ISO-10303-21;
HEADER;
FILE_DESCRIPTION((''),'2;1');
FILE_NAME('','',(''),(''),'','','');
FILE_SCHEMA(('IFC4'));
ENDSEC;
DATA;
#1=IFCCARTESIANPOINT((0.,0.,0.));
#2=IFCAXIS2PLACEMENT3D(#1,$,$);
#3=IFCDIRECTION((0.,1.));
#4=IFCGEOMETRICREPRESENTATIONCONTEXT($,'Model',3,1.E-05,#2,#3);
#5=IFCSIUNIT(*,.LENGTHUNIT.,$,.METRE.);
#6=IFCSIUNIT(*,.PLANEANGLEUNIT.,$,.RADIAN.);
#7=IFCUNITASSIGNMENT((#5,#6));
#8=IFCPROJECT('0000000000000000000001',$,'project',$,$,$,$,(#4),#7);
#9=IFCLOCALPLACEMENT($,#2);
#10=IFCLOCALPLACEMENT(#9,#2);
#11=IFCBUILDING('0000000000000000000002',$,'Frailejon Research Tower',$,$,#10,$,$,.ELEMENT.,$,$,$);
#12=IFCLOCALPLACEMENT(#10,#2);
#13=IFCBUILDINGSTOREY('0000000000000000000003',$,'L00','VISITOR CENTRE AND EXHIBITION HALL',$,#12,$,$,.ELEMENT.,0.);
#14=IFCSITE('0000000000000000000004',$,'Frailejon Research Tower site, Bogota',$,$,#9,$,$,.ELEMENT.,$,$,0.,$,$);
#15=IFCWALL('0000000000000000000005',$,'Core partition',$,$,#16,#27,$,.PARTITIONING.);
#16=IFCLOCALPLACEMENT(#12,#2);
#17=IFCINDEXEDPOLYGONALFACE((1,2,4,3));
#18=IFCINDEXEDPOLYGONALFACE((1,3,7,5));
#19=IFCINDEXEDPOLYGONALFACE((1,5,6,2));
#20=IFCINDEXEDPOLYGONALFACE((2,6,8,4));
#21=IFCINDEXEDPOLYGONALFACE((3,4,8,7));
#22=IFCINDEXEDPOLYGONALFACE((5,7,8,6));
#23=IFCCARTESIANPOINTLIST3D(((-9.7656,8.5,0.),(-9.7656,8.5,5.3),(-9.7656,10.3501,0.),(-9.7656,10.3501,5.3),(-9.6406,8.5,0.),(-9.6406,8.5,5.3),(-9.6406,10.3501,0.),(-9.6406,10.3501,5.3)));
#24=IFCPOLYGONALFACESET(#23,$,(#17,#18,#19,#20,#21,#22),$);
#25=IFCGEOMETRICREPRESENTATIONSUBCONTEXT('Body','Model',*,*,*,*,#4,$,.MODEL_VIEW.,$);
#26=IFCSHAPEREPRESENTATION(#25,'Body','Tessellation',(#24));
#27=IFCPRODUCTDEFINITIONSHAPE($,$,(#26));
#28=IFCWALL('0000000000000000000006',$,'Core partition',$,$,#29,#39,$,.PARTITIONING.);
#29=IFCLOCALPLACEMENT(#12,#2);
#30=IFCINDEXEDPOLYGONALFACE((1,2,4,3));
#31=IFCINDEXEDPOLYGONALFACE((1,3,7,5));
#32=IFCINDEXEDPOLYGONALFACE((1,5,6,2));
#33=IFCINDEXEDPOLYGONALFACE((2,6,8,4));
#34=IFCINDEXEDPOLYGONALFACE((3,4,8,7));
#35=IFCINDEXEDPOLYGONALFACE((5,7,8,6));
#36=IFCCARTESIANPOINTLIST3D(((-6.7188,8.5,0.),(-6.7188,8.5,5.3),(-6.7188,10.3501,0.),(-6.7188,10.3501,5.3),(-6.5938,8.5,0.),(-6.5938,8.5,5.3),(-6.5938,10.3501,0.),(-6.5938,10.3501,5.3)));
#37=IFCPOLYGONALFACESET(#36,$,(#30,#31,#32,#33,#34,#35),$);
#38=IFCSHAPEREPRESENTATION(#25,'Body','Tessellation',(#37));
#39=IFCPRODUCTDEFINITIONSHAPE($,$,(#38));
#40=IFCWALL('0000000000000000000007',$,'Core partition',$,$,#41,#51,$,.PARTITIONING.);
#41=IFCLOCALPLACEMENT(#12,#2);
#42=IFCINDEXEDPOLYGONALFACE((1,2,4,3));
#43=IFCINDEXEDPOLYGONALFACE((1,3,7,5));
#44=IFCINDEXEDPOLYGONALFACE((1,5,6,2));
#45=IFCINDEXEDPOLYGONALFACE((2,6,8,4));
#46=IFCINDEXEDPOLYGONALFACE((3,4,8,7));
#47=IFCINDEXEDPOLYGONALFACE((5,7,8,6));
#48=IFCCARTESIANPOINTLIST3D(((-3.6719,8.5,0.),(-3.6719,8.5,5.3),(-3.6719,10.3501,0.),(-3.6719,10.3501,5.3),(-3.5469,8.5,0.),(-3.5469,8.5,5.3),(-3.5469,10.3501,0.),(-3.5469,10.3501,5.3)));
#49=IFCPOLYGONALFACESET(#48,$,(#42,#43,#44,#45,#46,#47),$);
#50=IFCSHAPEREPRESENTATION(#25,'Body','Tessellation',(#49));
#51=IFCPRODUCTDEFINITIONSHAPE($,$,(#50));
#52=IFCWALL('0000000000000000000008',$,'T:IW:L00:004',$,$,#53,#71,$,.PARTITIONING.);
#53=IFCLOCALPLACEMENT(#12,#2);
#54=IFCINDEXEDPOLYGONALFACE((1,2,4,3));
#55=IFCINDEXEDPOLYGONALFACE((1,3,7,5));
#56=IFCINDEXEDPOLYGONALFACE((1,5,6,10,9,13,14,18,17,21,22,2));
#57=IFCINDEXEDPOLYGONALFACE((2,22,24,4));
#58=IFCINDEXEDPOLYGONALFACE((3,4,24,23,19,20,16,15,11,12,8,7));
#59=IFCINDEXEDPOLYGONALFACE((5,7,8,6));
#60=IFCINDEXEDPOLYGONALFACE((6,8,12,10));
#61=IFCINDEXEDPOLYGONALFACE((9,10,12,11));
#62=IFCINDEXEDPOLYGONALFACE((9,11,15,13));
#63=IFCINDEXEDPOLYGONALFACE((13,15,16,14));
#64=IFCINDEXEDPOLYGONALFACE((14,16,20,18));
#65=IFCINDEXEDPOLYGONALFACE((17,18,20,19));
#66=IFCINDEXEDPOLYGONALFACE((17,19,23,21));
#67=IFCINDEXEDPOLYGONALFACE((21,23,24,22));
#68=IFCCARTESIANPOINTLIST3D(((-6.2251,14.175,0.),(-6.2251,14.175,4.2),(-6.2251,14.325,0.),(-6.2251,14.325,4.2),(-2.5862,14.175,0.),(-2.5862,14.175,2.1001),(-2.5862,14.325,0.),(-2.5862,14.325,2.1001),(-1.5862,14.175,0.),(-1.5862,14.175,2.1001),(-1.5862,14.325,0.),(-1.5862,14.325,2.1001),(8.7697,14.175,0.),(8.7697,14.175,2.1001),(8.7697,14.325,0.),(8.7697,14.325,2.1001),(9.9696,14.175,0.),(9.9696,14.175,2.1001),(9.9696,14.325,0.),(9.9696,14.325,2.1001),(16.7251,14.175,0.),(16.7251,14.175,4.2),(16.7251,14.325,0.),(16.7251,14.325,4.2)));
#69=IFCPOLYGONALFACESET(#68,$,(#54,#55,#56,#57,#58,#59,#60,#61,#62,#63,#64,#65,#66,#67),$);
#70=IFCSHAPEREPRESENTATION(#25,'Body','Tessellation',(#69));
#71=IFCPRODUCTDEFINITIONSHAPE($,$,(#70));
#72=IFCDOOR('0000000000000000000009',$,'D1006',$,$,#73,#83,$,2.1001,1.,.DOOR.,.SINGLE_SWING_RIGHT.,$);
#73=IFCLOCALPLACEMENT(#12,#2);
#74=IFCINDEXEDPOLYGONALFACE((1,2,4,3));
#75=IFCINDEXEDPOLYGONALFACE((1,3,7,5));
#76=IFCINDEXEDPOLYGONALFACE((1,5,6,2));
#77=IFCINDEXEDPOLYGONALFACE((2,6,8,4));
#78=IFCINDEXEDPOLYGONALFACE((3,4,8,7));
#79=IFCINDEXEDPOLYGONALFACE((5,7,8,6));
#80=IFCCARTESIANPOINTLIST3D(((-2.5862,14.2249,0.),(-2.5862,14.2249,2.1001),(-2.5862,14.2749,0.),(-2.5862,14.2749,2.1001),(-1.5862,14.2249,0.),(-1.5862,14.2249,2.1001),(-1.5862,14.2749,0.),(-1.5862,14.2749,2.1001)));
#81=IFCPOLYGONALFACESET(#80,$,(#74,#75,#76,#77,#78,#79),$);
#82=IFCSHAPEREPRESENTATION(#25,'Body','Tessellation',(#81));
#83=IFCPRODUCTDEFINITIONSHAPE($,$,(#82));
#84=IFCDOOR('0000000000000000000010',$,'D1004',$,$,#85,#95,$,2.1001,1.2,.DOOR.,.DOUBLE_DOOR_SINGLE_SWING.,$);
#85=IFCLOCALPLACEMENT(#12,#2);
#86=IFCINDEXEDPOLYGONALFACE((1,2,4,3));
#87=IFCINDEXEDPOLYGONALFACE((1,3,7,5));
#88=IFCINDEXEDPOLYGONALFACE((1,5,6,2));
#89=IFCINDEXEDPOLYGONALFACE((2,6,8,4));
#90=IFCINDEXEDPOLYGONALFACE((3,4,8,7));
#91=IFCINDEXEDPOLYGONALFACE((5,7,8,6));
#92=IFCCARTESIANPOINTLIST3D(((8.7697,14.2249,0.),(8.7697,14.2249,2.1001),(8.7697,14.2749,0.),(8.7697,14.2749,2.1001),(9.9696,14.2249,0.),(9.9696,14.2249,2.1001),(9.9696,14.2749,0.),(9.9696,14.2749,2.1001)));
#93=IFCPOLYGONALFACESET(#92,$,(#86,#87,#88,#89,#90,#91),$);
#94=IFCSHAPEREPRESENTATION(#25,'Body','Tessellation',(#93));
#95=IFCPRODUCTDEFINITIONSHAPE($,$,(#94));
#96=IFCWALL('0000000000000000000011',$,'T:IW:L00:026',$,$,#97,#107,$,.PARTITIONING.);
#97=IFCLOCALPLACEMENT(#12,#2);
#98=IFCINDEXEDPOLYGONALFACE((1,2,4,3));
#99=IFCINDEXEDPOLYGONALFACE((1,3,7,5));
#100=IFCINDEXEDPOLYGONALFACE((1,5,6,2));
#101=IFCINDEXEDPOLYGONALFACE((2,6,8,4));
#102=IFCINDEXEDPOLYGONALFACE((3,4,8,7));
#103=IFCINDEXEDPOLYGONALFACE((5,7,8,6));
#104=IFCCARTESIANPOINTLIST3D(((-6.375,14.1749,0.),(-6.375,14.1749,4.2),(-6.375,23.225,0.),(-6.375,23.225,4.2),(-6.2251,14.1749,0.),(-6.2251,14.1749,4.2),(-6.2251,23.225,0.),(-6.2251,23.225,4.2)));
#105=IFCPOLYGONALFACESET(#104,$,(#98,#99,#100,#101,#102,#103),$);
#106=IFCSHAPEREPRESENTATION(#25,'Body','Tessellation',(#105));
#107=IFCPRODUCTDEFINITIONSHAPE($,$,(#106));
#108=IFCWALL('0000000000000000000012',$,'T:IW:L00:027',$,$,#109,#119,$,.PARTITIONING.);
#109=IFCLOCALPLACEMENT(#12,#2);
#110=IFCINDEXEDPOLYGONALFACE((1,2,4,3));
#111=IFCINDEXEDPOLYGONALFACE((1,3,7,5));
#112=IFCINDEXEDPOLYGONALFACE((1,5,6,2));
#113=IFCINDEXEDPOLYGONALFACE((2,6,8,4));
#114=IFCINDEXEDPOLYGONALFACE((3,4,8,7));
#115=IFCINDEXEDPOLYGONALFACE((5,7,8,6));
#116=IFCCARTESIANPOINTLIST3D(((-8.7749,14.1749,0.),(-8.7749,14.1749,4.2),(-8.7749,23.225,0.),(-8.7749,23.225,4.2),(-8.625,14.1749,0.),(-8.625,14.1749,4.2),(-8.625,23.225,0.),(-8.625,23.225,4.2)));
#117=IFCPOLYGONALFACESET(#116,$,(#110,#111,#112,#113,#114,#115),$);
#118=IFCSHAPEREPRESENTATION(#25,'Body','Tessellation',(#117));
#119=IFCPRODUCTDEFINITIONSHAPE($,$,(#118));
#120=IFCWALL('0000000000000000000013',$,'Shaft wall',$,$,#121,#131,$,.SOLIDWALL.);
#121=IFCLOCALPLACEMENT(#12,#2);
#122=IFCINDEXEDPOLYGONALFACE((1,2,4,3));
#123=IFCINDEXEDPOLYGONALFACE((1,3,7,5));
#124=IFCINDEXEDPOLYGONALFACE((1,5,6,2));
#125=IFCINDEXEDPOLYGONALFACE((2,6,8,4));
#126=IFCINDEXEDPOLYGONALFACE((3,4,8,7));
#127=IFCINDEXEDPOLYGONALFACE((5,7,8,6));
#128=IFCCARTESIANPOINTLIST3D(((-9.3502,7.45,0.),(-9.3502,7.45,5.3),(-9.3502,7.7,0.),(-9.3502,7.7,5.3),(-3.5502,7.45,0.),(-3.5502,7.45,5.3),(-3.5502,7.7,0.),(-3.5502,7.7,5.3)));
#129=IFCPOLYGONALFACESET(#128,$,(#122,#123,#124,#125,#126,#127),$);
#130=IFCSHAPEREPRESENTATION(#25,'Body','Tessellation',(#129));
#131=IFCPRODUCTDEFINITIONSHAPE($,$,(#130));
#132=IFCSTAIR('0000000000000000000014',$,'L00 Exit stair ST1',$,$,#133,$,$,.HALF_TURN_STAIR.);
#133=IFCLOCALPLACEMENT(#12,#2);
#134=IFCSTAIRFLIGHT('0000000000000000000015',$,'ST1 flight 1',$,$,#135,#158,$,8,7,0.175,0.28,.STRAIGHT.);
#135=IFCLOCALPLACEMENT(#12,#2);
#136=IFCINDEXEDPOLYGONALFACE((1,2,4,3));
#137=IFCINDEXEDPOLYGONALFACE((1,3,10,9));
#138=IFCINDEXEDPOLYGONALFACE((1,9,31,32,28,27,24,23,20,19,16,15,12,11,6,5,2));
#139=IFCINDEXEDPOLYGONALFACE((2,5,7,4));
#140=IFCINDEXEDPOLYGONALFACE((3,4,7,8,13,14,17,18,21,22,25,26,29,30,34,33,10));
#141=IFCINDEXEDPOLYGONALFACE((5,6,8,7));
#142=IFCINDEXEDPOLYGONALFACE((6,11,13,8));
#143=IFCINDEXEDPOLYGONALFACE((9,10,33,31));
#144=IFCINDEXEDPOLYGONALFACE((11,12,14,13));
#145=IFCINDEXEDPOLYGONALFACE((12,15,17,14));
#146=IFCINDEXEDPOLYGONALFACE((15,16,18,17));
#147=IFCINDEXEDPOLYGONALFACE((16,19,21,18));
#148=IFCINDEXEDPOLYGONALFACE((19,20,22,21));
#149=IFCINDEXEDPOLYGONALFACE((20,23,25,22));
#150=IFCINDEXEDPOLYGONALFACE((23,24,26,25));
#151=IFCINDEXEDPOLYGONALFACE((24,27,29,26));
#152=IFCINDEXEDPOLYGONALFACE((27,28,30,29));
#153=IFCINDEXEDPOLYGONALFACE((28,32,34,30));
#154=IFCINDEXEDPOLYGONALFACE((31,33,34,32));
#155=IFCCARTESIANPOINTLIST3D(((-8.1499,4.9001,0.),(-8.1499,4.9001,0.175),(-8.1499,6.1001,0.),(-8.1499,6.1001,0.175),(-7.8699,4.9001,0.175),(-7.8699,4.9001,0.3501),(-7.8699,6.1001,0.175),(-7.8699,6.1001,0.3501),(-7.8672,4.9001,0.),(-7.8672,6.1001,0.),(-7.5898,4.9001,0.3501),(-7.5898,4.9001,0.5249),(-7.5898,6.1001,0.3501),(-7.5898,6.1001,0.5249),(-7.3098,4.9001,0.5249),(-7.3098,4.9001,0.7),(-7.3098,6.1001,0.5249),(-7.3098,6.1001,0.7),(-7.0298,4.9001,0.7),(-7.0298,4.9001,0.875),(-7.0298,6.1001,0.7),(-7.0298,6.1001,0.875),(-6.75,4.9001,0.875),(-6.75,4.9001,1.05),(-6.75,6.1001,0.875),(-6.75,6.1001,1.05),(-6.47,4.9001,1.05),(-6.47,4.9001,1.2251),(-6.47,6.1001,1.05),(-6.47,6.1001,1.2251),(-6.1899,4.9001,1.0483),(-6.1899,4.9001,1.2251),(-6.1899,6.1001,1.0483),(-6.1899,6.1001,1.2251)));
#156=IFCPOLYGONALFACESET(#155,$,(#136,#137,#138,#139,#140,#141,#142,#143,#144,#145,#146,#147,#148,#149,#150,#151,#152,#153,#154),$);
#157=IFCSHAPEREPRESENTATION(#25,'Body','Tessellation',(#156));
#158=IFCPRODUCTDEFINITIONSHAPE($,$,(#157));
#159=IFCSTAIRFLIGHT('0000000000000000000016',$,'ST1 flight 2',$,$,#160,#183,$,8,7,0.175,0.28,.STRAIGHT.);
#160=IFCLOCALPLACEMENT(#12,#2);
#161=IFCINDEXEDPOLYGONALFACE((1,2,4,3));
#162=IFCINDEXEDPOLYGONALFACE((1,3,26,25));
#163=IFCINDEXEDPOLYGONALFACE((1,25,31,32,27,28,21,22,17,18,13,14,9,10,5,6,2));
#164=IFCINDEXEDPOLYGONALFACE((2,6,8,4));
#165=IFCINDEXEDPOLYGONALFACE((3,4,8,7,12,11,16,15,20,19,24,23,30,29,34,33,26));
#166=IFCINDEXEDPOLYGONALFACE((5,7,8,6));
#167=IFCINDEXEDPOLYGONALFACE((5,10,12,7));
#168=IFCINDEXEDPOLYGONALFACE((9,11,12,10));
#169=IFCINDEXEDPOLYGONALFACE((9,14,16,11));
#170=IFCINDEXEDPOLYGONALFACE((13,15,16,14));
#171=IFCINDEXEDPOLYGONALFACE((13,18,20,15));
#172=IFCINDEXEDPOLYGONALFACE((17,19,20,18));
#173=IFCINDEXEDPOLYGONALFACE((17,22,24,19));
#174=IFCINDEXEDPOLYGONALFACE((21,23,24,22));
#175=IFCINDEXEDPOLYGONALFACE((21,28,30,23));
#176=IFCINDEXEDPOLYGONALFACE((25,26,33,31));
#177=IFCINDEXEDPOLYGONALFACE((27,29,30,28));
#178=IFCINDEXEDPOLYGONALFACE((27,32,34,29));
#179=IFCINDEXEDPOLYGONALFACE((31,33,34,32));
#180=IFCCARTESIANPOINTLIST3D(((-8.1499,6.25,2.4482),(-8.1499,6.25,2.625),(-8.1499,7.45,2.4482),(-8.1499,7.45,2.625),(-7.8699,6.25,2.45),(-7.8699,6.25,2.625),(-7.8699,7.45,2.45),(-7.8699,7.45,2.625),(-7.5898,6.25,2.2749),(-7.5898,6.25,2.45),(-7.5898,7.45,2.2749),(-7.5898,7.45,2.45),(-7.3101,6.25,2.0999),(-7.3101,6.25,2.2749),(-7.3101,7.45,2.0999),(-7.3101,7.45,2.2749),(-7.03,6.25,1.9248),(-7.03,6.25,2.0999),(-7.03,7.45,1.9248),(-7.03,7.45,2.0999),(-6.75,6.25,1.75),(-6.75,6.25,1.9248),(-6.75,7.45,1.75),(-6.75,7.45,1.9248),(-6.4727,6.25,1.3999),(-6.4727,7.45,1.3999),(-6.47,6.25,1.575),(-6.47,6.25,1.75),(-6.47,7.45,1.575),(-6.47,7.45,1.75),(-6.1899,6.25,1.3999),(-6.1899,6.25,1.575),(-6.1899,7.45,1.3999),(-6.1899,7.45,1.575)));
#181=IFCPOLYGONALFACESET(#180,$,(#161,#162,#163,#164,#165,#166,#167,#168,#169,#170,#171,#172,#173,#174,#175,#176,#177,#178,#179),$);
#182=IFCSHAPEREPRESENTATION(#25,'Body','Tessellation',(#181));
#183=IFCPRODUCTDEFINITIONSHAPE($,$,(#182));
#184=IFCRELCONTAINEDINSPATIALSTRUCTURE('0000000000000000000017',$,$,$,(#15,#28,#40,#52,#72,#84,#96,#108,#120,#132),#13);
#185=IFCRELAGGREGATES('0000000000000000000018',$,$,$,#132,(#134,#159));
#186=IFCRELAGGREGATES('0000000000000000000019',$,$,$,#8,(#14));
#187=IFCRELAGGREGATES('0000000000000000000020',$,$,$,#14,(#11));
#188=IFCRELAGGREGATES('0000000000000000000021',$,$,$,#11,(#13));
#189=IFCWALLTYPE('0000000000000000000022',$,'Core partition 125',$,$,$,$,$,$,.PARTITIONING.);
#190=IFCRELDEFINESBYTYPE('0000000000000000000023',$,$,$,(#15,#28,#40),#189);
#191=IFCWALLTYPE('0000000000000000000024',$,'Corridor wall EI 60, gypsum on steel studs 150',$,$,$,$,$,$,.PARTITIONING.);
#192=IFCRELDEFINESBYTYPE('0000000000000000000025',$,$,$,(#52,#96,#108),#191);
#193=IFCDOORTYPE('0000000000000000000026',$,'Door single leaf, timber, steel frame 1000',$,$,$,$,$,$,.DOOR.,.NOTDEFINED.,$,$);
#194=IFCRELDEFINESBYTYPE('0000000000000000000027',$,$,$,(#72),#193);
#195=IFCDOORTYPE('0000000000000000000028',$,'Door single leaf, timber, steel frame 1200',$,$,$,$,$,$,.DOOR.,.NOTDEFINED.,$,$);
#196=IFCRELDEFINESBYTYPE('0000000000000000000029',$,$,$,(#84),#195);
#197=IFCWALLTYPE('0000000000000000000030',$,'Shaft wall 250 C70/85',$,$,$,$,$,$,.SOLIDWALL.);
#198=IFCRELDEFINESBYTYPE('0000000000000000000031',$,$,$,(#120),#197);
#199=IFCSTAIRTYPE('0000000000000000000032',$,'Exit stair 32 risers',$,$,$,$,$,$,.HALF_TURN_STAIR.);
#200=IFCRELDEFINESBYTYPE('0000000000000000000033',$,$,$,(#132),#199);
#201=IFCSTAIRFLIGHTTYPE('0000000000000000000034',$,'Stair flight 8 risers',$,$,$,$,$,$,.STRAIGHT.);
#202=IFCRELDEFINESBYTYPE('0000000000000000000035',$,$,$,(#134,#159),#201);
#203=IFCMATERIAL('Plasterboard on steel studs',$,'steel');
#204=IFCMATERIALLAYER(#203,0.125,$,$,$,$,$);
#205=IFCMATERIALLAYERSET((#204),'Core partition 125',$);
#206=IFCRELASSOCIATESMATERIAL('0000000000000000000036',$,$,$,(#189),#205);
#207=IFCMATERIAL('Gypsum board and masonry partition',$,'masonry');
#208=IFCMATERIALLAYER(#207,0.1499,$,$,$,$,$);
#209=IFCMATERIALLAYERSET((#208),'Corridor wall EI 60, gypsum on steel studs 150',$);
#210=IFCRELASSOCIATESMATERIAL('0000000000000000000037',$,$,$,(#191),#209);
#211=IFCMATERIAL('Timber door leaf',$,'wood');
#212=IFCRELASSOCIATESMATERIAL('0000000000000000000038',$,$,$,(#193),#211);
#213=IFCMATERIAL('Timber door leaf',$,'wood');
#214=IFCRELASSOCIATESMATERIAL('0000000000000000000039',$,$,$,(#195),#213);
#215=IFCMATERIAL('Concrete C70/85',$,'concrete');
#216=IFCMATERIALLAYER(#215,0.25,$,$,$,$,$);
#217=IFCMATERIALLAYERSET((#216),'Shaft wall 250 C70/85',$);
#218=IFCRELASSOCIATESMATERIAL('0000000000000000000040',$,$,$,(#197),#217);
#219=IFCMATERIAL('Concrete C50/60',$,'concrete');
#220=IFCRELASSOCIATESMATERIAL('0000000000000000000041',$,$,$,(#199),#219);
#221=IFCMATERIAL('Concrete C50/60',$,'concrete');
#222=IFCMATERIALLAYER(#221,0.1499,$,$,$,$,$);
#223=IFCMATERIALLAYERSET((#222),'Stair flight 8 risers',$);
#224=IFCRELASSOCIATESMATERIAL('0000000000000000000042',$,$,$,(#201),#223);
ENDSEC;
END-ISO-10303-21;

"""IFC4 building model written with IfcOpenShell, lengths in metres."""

from ifc_helpers import new_model, si_unit, direction, frame, frame_2d, origin, place, context, subcontext, project, spatial, polyline, rectangle, outline, extrude, material, layer, layer_set, type_object, element, fill, aggregate, save


model = new_model("IFC4")

# Units and contexts
model_context = context("Model", 3, precision=1e-05, world=origin(), true_north=direction((0.0, 1.0)))
body_context = subcontext(model_context, "Body", "Model", "MODEL_VIEW")
ifc_project = project(units=[si_unit("LENGTHUNIT", "METRE"), si_unit("PLANEANGLEUNIT", "RADIAN")], contexts=[model_context])

# Site, building, storey
site_placement = place(None, origin())
site = spatial("IfcSite", under=ifc_project, at=site_placement, Name="Frailejon Research Tower site, Bogota", CompositionType="ELEMENT", RefElevation=0.0)
building_placement = place(site_placement, origin())
building = spatial("IfcBuilding", under=site, at=building_placement, Name="Frailejon Research Tower", CompositionType="ELEMENT")
storey_placement = place(building_placement, origin())
storey = spatial("IfcBuildingStorey", under=building, at=storey_placement, Name="L00", Description="VISITOR CENTRE AND EXHIBITION HALL", CompositionType="ELEMENT", Elevation=0.0)

# Walls
ifc_material_1 = material(Name="Plasterboard on steel studs", Category="steel")
ifc_layer_1 = layer(ifc_material_1, 0.125)
ifc_layer_set_1 = layer_set([ifc_layer_1], Name="Core partition 125")
wall_type_1 = type_object("IfcWallType", Name="Core partition 125", PredefinedType="PARTITIONING", material=ifc_layer_set_1)
for number, where, z_axis, x_axis, name in (
    (1, (-9.7031, 8.5, 0.0), (0.0, 0.0, 1.0), (0.0, 1.0, 0.0), "Core partition"),
    (2, (-6.6562, 8.5, 0.0), (0.0, 0.0, 1.0), (0.0, 1.0, 0.0), "Core partition"),
    (3, (-3.6094, 8.5, 0.0), (0.0, 0.0, 1.0), (0.0, 1.0, 0.0), "Core partition"),
):
    element("IfcWall", number, at=place(storey_placement, frame(where, z_axis=z_axis, x_axis=x_axis)), inside=storey, type_object=wall_type_1, Name=name, PredefinedType="PARTITIONING", context=body_context, shape_type="SweptSolid", body=[
        extrude(rectangle(XDim=1.8501, YDim=0.125, at=frame_2d((0.925, 0.0))), origin(), (0.0, 0.0, 1.0), 5.3),
    ])

# Wall, openings, doors
ifc_material_2 = material(Name="Gypsum board and masonry partition", Category="masonry")
ifc_layer_2 = layer(ifc_material_2, 0.1499)
ifc_layer_set_2 = layer_set([ifc_layer_2], Name="Corridor wall EI 60, gypsum on steel studs 150")
wall_type_2 = type_object("IfcWallType", Name="Corridor wall EI 60, gypsum on steel studs 150", PredefinedType="PARTITIONING", material=ifc_layer_set_2)
wall_1_placement = place(storey_placement, frame((-6.2251, 14.25, 0.0), z_axis=(0.0, 0.0, 1.0), x_axis=(1.0, 0.0, 0.0)))
wall_1 = element("IfcWall", 4, at=wall_1_placement, inside=storey, type_object=wall_type_2, Name="T:IW:L00:004", PredefinedType="PARTITIONING", context=body_context, shape_type="SweptSolid", body=[
    extrude(rectangle(XDim=22.9502, YDim=0.1499, at=frame_2d((11.4751, 0.0))), origin(), (0.0, 0.0, 1.0), 4.2),
])
opening_1_placement = place(wall_1_placement, frame((14.9946, 0.0, 0.0)))
opening_1 = element("IfcOpeningElement", 5, at=opening_1_placement, cuts=wall_1, PredefinedType="OPENING", context=body_context, shape_type="SweptSolid", body=[
    extrude(rectangle(XDim=1.2, YDim=2.1001, at=frame_2d((0.6001, 1.05))), frame((0.0, 0.085, 0.0), z_axis=(0.0, -1.0, 0.0), x_axis=(1.0, 0.0, 0.0)), (0.0, 0.0, 1.0), 0.1699),
])
opening_2_placement = place(wall_1_placement, frame((3.6389, 0.0, 0.0)))
opening_2 = element("IfcOpeningElement", 6, at=opening_2_placement, cuts=wall_1, PredefinedType="OPENING", context=body_context, shape_type="SweptSolid", body=[
    extrude(rectangle(XDim=1.0, YDim=2.1001, at=frame_2d((0.5, 1.05))), frame((0.0, 0.085, 0.0), z_axis=(0.0, -1.0, 0.0), x_axis=(1.0, 0.0, 0.0)), (0.0, 0.0, 1.0), 0.1699),
])
ifc_material_3 = material(Name="Timber door leaf", Category="wood")
door_type_1 = type_object("IfcDoorType", Name="Door single leaf, timber, steel frame 1000", OperationType="NOTDEFINED", PredefinedType="DOOR", material=ifc_material_3)
door_1_placement = place(opening_2_placement, origin())
door_1 = element("IfcDoor", 7, at=door_1_placement, inside=storey, type_object=door_type_1, Name="D1006", OperationType="SINGLE_SWING_RIGHT", OverallHeight=2.1001, OverallWidth=1.0, PredefinedType="DOOR", context=body_context, shape_type="SweptSolid", body=[
    extrude(rectangle(XDim=1.0, YDim=2.1001, at=frame_2d((0.5, 1.05))), frame((0.0, 0.0249, 0.0), z_axis=(0.0, -1.0, 0.0), x_axis=(1.0, 0.0, 0.0)), (0.0, 0.0, 1.0), 0.05),
])
fill(opening_2, door_1)
ifc_material_4 = material(Name="Timber door leaf", Category="wood")
door_type_2 = type_object("IfcDoorType", Name="Door single leaf, timber, steel frame 1200", OperationType="NOTDEFINED", PredefinedType="DOOR", material=ifc_material_4)
door_2_placement = place(opening_1_placement, origin())
door_2 = element("IfcDoor", 8, at=door_2_placement, inside=storey, type_object=door_type_2, Name="D1004", OperationType="DOUBLE_DOOR_SINGLE_SWING", OverallHeight=2.1001, OverallWidth=1.2, PredefinedType="DOOR", context=body_context, shape_type="SweptSolid", body=[
    extrude(rectangle(XDim=1.2, YDim=2.1001, at=frame_2d((0.6001, 1.05))), frame((0.0, 0.0249, 0.0), z_axis=(0.0, -1.0, 0.0), x_axis=(1.0, 0.0, 0.0)), (0.0, 0.0, 1.0), 0.05),
])
fill(opening_1, door_2)

# Walls
for number, where, z_axis, x_axis, name in (
    (9, (-6.3, 14.175, 0.0), (0.0, 0.0, 1.0), (0.0, 1.0, 0.0), "T:IW:L00:026"),
    (10, (-8.7, 14.175, 0.0), (0.0, 0.0, 1.0), (0.0, 1.0, 0.0), "T:IW:L00:027"),
):
    element("IfcWall", number, at=place(storey_placement, frame(where, z_axis=z_axis, x_axis=x_axis)), inside=storey, type_object=wall_type_2, Name=name, PredefinedType="PARTITIONING", context=body_context, shape_type="SweptSolid", body=[
        extrude(rectangle(XDim=9.05, YDim=0.1499, at=frame_2d((4.5249, 0.0))), origin(), (0.0, 0.0, 1.0), 4.2),
    ])
ifc_material_5 = material(Name="Concrete C70/85", Category="concrete")
ifc_layer_3 = layer(ifc_material_5, 0.25)
ifc_layer_set_3 = layer_set([ifc_layer_3], Name="Shaft wall 250 C70/85")
wall_type_3 = type_object("IfcWallType", Name="Shaft wall 250 C70/85", PredefinedType="SOLIDWALL", material=ifc_layer_set_3)
wall_2_placement = place(storey_placement, frame((-9.3501, 7.575, 0.0), z_axis=(0.0, 0.0, 1.0), x_axis=(1.0, 0.0, 0.0)))
element("IfcWall", 11, at=wall_2_placement, inside=storey, type_object=wall_type_3, Name="Shaft wall", PredefinedType="SOLIDWALL", context=body_context, shape_type="SweptSolid", body=[
    extrude(rectangle(XDim=5.8, YDim=0.25, at=frame_2d((2.8999, 0.0))), origin(), (0.0, 0.0, 1.0), 5.3),
])

# Stair, stair flights
ifc_material_6 = material(Name="Concrete C50/60", Category="concrete")
stair_type = type_object("IfcStairType", Name="Exit stair 32 risers", PredefinedType="HALF_TURN_STAIR", material=ifc_material_6)
stair_placement = place(storey_placement, origin())
stair = element("IfcStair", 12, at=stair_placement, inside=storey, type_object=stair_type, Name="L00 Exit stair ST1", PredefinedType="HALF_TURN_STAIR")
ifc_material_7 = material(Name="Concrete C50/60", Category="concrete")
ifc_layer_4 = layer(ifc_material_7, 0.1499)
ifc_layer_set_4 = layer_set([ifc_layer_4], Name="Stair flight 8 risers")
stair_flight_type = type_object("IfcStairFlightType", Name="Stair flight 8 risers", PredefinedType="STRAIGHT", material=ifc_layer_set_4)
stair_flight_1_placement = place(storey_placement, frame((-8.1499, 5.5, 0.0), z_axis=(0.0, 0.0, 1.0), x_axis=(1.0, 0.0, 0.0)))
stair_flight_1 = element("IfcStairFlight", 13, at=stair_flight_1_placement, type_object=stair_flight_type, Name="ST1 flight 1", NumberOfRisers=8, NumberOfTreads=7, PredefinedType="STRAIGHT", RiserHeight=0.175, TreadLength=0.28, context=body_context, shape_type="SweptSolid", body=[
    extrude(outline(polyline([(0.0, 0.0), (0.0, 0.175), (0.28, 0.175), (0.28, 0.3501), (0.5601, 0.3501), (0.5601, 0.5249), (0.8401, 0.5249), (0.8401, 0.7), (1.1201, 0.7), (1.1201, 0.875), (1.3999, 0.875), (1.3999, 1.05), (1.6799, 1.05), (1.6799, 1.2251), (1.96, 1.2251), (1.96, 1.3999), (1.96, 1.0483), (0.2827, 0.0), (0.0, 0.0)])), frame((0.0, 0.6001, 0.0), z_axis=(0.0, -1.0, 0.0), x_axis=(1.0, 0.0, 0.0)), (0.0, 0.0, 1.0), 1.2),
])
stair_flight_2_placement = place(storey_placement, frame((-6.1899, 6.8501, 1.3999), z_axis=(0.0, 0.0, 1.0), x_axis=(-1.0, 0.0, 0.0)))
stair_flight_2 = element("IfcStairFlight", 14, at=stair_flight_2_placement, type_object=stair_flight_type, Name="ST1 flight 2", NumberOfRisers=8, NumberOfTreads=7, PredefinedType="STRAIGHT", RiserHeight=0.175, TreadLength=0.28, context=body_context, shape_type="SweptSolid", body=[
    extrude(outline(polyline([(0.0, 0.0), (0.0, 0.175), (0.28, 0.175), (0.28, 0.3501), (0.5601, 0.3501), (0.5601, 0.5249), (0.8401, 0.5249), (0.8401, 0.7), (1.1201, 0.7), (1.1201, 0.875), (1.3999, 0.875), (1.3999, 1.05), (1.6799, 1.05), (1.6799, 1.2251), (1.96, 1.2251), (1.96, 1.3999), (1.96, 1.0483), (0.2827, 0.0), (0.0, 0.0)])), frame((0.0, 0.6001, 0.0), z_axis=(0.0, -1.0, 0.0), x_axis=(1.0, 0.0, 0.0)), (0.0, 0.0, 1.0), 1.2),
])
aggregate(stair, [stair_flight_1, stair_flight_2])

save(model, "model.ifc")
